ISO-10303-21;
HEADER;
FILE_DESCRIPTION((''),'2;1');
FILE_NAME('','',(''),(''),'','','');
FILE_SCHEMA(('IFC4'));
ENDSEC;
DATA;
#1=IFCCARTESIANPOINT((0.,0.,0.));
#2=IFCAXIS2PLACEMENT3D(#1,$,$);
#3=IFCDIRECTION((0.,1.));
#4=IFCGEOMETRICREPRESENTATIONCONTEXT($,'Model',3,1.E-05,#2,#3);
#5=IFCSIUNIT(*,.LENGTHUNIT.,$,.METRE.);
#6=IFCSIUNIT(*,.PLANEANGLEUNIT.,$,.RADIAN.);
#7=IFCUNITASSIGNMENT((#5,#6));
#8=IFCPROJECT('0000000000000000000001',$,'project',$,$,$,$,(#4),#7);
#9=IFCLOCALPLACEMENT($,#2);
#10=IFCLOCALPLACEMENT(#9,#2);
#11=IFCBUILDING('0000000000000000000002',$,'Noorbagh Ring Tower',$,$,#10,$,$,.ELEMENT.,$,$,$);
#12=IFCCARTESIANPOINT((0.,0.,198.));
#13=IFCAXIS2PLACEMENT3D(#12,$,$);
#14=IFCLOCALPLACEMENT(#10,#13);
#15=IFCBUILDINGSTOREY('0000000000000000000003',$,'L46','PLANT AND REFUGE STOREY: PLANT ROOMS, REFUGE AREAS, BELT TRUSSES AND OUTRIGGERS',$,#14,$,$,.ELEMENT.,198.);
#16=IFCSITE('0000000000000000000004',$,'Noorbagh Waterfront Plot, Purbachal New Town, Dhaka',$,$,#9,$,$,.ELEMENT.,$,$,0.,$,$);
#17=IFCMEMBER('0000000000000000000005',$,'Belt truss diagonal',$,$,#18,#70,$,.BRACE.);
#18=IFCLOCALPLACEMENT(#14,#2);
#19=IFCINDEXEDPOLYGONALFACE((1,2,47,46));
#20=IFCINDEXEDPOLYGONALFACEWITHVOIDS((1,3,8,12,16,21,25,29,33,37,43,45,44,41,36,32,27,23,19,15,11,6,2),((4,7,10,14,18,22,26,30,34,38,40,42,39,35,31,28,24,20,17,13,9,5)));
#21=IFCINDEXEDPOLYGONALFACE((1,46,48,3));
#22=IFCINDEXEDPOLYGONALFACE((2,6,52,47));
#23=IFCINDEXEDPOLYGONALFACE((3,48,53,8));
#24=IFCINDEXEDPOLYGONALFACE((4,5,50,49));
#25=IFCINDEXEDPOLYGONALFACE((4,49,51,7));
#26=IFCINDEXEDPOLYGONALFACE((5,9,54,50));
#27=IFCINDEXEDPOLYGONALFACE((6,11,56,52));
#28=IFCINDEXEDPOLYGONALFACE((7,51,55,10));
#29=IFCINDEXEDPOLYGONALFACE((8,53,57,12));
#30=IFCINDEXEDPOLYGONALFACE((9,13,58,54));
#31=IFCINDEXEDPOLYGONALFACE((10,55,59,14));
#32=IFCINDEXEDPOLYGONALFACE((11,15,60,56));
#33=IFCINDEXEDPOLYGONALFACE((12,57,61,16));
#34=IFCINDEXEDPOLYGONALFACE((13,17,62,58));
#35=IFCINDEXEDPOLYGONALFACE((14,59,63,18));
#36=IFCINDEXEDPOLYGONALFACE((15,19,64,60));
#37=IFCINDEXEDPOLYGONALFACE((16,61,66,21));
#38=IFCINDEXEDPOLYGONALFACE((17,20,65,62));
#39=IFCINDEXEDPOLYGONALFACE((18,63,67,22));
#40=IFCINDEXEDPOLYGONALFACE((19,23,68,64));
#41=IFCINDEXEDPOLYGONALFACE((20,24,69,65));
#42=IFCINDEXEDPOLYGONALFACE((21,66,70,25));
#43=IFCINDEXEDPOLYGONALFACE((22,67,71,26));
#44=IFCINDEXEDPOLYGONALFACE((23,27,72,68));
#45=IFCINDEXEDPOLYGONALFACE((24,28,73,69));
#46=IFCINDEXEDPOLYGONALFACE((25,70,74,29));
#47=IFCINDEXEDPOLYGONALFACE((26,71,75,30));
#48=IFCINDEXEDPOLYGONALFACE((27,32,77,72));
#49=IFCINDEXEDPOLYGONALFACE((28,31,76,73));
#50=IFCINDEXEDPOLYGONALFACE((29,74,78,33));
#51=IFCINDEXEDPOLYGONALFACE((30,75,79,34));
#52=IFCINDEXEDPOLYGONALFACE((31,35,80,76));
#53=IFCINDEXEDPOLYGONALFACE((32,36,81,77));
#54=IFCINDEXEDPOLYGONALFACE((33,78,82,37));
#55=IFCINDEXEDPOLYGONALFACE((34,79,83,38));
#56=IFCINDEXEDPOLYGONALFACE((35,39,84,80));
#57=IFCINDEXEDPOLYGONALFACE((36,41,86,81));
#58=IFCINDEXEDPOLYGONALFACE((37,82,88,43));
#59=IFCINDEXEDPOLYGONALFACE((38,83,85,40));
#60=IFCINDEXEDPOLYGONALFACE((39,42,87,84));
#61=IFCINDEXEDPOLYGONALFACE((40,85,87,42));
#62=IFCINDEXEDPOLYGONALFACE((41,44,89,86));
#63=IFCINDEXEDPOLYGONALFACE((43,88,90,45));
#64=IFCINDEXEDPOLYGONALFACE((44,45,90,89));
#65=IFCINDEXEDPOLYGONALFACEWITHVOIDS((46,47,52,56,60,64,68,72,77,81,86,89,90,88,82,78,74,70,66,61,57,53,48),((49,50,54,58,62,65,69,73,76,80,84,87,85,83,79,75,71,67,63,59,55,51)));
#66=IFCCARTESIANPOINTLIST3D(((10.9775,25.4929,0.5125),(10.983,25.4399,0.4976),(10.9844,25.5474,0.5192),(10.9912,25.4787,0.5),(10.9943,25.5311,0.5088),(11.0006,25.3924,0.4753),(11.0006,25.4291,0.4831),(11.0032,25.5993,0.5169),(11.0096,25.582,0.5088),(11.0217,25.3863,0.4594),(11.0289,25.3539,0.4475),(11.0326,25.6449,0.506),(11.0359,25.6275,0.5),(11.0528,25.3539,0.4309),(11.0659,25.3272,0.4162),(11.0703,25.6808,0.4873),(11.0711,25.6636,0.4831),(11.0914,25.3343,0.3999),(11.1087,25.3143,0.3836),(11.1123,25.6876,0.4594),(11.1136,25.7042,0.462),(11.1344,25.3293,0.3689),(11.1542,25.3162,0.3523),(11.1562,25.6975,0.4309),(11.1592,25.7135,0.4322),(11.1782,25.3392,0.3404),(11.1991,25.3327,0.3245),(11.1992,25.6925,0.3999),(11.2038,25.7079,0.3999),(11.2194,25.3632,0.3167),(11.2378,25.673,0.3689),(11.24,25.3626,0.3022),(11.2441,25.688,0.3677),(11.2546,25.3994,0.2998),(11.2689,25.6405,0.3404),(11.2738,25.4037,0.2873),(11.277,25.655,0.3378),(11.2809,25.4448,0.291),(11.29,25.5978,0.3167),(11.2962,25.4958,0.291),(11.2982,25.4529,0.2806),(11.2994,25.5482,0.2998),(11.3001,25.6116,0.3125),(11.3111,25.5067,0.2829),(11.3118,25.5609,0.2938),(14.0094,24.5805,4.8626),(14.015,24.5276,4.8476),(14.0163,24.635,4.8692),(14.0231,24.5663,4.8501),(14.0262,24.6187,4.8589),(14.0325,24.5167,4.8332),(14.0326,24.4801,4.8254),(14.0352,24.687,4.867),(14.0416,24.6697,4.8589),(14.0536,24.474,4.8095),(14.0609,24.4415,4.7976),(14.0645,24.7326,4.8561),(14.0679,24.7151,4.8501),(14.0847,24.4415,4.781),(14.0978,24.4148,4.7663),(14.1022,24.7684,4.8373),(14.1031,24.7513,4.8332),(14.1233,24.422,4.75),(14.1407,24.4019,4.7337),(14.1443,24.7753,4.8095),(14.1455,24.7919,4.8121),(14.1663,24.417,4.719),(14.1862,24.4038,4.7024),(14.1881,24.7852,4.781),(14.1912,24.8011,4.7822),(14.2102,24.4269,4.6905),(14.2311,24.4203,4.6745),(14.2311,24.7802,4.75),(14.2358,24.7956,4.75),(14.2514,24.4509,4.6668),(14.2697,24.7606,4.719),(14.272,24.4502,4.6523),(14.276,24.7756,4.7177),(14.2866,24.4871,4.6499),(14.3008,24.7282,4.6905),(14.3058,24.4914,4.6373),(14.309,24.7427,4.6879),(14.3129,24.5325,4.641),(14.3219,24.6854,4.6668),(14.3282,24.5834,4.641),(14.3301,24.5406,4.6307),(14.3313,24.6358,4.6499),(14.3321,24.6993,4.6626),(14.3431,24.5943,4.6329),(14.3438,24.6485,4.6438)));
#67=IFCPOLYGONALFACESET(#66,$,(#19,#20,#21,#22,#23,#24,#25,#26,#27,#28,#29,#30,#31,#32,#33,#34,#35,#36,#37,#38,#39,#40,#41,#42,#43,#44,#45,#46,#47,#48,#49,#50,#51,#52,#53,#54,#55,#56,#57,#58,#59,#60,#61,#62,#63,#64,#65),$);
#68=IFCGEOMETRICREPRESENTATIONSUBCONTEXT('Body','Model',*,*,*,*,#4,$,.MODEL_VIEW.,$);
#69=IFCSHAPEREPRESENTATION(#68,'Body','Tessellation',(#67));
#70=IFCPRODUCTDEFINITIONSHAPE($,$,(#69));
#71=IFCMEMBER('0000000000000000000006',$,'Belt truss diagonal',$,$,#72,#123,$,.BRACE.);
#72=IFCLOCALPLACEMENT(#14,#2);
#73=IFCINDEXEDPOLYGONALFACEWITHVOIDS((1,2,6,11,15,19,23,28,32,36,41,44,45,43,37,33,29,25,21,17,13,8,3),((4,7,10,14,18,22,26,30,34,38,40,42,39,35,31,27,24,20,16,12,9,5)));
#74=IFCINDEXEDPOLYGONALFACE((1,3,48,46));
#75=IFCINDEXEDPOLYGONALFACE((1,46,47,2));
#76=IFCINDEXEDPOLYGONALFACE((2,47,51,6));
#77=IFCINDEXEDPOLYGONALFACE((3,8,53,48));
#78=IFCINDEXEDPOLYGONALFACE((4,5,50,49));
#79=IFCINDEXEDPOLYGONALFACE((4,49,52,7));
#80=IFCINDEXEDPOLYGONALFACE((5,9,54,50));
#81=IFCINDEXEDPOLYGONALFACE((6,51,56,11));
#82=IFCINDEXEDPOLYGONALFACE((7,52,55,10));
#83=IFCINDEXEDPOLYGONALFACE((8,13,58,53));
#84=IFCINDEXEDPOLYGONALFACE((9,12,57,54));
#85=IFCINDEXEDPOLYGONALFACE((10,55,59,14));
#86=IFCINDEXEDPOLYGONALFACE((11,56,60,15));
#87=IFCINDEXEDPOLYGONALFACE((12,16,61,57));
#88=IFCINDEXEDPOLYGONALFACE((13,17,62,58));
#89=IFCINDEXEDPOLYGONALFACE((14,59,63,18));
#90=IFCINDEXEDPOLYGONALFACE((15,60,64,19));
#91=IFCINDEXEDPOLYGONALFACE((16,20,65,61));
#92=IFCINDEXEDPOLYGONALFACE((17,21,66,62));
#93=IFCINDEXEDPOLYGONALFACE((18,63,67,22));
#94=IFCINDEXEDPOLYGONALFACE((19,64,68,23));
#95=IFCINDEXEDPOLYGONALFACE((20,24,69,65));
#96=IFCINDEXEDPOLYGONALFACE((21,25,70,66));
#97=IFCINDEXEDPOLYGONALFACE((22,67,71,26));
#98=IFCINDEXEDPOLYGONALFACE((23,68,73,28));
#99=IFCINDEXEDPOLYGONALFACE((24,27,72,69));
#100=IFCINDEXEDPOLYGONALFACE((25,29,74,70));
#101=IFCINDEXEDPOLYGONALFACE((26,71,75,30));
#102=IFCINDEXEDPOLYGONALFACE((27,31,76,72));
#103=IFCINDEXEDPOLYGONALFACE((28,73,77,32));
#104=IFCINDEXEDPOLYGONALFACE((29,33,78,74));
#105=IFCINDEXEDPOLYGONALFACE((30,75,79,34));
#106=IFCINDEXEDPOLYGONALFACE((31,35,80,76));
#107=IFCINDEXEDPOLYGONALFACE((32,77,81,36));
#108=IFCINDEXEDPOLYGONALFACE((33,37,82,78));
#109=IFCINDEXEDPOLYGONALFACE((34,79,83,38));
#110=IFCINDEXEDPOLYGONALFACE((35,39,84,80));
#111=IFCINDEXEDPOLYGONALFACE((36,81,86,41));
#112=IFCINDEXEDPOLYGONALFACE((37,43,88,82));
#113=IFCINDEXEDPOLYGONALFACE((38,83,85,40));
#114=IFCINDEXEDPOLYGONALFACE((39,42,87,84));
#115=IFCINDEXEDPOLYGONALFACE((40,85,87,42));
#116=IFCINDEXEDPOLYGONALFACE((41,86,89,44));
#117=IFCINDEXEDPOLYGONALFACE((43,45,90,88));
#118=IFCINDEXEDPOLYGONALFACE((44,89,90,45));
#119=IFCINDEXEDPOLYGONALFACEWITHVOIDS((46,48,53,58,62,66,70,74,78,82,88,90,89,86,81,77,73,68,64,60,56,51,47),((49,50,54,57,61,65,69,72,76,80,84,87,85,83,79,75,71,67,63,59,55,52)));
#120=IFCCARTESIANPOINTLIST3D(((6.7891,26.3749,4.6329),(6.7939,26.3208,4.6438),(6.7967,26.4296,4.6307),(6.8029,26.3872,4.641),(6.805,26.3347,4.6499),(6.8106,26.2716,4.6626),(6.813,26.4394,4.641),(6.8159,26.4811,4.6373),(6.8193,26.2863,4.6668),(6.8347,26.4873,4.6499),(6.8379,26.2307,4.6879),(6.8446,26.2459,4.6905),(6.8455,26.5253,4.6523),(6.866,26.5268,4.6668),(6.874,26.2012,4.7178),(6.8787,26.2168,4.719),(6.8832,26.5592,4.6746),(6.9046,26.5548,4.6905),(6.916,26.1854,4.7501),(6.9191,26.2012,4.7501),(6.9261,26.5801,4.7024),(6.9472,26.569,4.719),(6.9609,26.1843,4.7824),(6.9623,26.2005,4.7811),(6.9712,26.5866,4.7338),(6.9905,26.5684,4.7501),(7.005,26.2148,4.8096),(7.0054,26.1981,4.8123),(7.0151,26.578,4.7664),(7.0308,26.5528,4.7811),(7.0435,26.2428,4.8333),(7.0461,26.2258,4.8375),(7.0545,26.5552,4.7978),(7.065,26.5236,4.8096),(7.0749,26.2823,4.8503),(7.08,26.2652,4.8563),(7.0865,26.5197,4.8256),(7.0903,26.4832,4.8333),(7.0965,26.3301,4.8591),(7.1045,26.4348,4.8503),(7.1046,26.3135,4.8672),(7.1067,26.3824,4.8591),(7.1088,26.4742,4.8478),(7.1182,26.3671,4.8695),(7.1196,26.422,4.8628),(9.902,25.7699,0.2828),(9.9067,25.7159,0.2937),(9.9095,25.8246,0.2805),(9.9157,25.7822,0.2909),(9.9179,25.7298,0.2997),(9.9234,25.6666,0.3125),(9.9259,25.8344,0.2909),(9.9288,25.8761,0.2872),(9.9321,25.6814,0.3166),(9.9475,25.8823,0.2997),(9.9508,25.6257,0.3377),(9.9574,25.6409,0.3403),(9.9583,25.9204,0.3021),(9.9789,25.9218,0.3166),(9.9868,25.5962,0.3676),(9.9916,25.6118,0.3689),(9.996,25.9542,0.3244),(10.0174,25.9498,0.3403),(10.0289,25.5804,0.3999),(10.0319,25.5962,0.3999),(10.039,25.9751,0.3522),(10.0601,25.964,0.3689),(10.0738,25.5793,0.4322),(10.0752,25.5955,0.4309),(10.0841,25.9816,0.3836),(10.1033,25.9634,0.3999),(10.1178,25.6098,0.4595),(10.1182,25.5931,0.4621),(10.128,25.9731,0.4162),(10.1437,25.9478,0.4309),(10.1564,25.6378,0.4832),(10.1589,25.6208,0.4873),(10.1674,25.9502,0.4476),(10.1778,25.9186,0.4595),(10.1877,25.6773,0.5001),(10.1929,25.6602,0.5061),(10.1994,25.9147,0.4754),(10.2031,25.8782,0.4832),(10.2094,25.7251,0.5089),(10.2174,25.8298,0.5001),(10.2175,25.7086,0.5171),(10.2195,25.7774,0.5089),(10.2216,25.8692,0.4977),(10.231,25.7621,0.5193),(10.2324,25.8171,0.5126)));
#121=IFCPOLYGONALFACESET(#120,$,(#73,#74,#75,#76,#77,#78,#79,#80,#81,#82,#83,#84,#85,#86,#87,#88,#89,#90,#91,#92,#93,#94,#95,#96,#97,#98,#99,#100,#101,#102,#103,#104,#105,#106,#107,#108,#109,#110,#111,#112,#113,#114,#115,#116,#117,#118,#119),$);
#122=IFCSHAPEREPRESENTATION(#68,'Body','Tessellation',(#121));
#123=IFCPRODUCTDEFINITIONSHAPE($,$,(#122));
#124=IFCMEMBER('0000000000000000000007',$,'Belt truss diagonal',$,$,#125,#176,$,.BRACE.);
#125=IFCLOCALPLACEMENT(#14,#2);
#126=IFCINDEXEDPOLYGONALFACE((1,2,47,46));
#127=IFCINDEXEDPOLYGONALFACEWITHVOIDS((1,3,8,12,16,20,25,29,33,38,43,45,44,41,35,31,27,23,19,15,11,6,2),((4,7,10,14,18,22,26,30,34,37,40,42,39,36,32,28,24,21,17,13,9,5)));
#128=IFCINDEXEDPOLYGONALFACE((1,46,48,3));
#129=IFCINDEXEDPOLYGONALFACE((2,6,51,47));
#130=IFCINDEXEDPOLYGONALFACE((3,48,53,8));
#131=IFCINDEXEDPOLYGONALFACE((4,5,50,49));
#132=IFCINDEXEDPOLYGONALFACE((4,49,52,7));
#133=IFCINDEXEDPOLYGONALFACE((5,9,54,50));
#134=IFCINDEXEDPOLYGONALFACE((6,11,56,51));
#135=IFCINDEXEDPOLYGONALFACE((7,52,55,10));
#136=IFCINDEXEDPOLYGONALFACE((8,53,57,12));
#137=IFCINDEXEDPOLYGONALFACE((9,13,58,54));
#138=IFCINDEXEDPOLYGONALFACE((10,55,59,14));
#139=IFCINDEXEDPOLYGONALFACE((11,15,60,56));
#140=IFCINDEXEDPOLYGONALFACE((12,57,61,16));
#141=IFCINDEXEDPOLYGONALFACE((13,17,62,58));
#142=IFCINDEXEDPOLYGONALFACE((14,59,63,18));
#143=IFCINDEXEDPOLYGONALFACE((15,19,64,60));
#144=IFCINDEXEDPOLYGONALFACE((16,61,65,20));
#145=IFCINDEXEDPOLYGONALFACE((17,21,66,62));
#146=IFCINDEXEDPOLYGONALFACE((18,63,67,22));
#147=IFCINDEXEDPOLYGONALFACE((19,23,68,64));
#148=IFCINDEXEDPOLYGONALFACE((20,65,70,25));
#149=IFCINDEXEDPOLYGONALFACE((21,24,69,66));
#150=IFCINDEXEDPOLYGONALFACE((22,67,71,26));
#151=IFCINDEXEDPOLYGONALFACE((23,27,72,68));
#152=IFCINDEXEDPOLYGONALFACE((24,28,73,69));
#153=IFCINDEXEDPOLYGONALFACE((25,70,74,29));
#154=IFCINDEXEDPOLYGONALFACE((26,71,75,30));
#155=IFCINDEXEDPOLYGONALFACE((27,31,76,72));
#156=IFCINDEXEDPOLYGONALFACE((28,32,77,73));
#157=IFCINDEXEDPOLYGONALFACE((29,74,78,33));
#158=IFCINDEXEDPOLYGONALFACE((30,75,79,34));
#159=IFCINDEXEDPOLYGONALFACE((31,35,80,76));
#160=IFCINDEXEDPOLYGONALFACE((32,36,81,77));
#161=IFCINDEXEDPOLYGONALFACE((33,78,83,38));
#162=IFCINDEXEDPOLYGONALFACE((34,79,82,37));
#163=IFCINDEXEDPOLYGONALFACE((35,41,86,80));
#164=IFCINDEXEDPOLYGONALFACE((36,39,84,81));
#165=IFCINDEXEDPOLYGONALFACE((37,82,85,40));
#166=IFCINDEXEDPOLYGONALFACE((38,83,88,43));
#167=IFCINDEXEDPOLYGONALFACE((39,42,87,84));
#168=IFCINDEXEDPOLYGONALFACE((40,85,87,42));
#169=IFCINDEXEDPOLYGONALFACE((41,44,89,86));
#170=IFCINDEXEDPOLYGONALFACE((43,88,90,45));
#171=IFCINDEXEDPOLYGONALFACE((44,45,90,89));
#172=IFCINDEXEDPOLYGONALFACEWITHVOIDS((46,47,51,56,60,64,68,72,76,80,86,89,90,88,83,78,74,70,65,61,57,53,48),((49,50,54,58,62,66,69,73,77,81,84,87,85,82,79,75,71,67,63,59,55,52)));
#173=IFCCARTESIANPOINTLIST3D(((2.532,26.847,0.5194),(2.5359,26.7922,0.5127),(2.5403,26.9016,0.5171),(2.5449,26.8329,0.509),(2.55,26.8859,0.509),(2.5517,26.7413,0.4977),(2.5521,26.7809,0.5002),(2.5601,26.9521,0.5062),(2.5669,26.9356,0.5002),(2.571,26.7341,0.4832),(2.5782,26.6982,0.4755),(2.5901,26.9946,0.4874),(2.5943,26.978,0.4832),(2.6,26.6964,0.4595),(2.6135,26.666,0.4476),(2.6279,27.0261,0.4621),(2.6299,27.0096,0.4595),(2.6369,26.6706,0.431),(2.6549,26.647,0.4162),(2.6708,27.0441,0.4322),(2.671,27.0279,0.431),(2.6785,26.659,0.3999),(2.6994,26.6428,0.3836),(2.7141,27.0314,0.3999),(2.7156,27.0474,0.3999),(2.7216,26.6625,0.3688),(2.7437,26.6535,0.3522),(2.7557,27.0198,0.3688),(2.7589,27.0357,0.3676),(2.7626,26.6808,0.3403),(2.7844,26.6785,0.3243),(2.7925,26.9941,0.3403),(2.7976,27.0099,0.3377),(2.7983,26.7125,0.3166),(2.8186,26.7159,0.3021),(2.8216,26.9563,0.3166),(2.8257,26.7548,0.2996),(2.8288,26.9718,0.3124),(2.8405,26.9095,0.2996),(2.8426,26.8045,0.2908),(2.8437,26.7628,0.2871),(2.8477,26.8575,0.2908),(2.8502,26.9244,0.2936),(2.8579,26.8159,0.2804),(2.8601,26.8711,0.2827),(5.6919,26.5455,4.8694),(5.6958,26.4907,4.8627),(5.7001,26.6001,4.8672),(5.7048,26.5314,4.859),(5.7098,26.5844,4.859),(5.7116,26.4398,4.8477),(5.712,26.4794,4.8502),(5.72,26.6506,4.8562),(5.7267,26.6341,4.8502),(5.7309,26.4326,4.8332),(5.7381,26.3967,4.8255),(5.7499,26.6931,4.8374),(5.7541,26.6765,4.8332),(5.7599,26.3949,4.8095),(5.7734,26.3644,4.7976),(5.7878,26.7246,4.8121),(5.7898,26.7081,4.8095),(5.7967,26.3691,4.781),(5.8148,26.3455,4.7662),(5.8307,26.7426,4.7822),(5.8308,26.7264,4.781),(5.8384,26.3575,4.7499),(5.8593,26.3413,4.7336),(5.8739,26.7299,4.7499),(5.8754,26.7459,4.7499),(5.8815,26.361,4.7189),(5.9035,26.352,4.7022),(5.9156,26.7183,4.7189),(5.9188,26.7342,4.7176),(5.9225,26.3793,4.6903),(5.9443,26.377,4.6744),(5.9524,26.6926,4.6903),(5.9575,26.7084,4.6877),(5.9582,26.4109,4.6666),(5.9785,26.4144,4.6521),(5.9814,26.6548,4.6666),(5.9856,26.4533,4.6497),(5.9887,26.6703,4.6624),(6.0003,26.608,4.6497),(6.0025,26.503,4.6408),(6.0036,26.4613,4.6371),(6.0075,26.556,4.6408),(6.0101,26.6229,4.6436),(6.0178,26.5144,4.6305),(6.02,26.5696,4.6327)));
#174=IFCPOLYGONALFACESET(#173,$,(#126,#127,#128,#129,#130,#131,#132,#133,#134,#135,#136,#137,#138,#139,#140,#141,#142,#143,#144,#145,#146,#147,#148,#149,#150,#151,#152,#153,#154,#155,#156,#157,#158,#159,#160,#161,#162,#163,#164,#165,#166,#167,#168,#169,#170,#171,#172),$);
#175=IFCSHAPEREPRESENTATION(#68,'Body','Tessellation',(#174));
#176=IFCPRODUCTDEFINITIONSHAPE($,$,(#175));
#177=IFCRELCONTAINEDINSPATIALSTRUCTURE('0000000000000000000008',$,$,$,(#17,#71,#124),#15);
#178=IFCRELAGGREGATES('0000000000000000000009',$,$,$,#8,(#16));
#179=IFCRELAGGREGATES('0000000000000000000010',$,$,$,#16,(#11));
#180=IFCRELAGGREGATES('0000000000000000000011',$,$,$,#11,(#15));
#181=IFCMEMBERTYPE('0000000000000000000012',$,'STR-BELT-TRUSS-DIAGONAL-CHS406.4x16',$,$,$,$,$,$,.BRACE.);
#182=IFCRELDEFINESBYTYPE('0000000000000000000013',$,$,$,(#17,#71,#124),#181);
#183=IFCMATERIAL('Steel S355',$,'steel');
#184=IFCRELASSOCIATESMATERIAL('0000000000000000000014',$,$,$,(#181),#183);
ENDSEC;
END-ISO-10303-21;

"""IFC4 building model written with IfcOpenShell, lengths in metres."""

from ifc_helpers import new_model, si_unit, direction, frame, origin, origin_2d, place, context, subcontext, project, spatial, hollow_circle, extrude, material, material_profile, profile_set, type_object, element, save


model = new_model("IFC4")

# Units and contexts
model_context = context("Model", 3, precision=1e-05, world=origin(), true_north=direction((0.0, 1.0)))
body_context = subcontext(model_context, "Body", "Model", "MODEL_VIEW")
ifc_project = project(units=[si_unit("LENGTHUNIT", "METRE"), si_unit("PLANEANGLEUNIT", "RADIAN")], contexts=[model_context])

# Site, building, storey
site_placement = place(None, origin())
site = spatial("IfcSite", under=ifc_project, at=site_placement, Name="Noorbagh Waterfront Plot, Purbachal New Town, Dhaka", CompositionType="ELEMENT", RefElevation=0.0)
building_placement = place(site_placement, origin())
building = spatial("IfcBuilding", under=site, at=building_placement, Name="Noorbagh Ring Tower", CompositionType="ELEMENT")
storey_placement = place(building_placement, frame((0.0, 0.0, 198.0)))
storey = spatial("IfcBuildingStorey", under=building, at=storey_placement, Name="L46", Description="PLANT AND REFUGE STOREY: PLANT ROOMS, REFUGE AREAS, BELT TRUSSES AND OUTRIGGERS", CompositionType="ELEMENT", Elevation=198.0)

# Members
ifc_material_1 = material(Name="Steel S355", Category="steel")
ifc_material_profile_1 = material_profile(ifc_material_1, hollow_circle(Radius=0.2031, WallThickness=0.0161, at=origin_2d()), Name="CHS406.4x16")
ifc_profile_set_1 = profile_set([ifc_material_profile_1], Name="Steel S355")
member_type = type_object("IfcMemberType", Name="STR-BELT-TRUSS-DIAGONAL-CHS406.4x16", PredefinedType="BRACE", material=ifc_profile_set_1)
member_1_placement = place(storey_placement, frame((11.1453, 25.5134, 0.3999), z_axis=(0.563524, -0.16957, 0.808509), x_axis=(0.288147, 0.957586, 0.0)))
element("IfcMember", 1, at=member_1_placement, inside=storey, type_object=member_type, Name="Belt truss diagonal", PredefinedType="BRACE", context=body_context, shape_type="SweptSolid", body=[
    extrude(hollow_circle(Radius=0.2031, WallThickness=0.0161, at=origin_2d()), origin(), (0.0, 0.0, 1.0), 5.3804),
])
member_2_placement = place(storey_placement, frame((10.0676, 25.7798, 0.3999), z_axis=(-0.578242, 0.112383, 0.808088), x_axis=(-0.190783, -0.981632, 0.0)))
element("IfcMember", 2, at=member_2_placement, inside=storey, type_object=member_type, Name="Belt truss diagonal", PredefinedType="BRACE", context=body_context, shape_type="SweptSolid", body=[
    extrude(hollow_circle(Radius=0.2031, WallThickness=0.0161, at=origin_2d()), origin(), (0.0, 0.0, 1.0), 5.3833),
])
member_3_placement = place(storey_placement, frame((2.6963, 26.8452, 0.3999), z_axis=(0.586788, -0.05599, 0.807803), x_axis=(0.094987, 0.995479, 0.0)))
element("IfcMember", 3, at=member_3_placement, inside=storey, type_object=member_type, Name="Belt truss diagonal", PredefinedType="BRACE", context=body_context, shape_type="SweptSolid", body=[
    extrude(hollow_circle(Radius=0.2031, WallThickness=0.0161, at=origin_2d()), origin(), (0.0, 0.0, 1.0), 5.385),
])

save(model, "model.ifc")
